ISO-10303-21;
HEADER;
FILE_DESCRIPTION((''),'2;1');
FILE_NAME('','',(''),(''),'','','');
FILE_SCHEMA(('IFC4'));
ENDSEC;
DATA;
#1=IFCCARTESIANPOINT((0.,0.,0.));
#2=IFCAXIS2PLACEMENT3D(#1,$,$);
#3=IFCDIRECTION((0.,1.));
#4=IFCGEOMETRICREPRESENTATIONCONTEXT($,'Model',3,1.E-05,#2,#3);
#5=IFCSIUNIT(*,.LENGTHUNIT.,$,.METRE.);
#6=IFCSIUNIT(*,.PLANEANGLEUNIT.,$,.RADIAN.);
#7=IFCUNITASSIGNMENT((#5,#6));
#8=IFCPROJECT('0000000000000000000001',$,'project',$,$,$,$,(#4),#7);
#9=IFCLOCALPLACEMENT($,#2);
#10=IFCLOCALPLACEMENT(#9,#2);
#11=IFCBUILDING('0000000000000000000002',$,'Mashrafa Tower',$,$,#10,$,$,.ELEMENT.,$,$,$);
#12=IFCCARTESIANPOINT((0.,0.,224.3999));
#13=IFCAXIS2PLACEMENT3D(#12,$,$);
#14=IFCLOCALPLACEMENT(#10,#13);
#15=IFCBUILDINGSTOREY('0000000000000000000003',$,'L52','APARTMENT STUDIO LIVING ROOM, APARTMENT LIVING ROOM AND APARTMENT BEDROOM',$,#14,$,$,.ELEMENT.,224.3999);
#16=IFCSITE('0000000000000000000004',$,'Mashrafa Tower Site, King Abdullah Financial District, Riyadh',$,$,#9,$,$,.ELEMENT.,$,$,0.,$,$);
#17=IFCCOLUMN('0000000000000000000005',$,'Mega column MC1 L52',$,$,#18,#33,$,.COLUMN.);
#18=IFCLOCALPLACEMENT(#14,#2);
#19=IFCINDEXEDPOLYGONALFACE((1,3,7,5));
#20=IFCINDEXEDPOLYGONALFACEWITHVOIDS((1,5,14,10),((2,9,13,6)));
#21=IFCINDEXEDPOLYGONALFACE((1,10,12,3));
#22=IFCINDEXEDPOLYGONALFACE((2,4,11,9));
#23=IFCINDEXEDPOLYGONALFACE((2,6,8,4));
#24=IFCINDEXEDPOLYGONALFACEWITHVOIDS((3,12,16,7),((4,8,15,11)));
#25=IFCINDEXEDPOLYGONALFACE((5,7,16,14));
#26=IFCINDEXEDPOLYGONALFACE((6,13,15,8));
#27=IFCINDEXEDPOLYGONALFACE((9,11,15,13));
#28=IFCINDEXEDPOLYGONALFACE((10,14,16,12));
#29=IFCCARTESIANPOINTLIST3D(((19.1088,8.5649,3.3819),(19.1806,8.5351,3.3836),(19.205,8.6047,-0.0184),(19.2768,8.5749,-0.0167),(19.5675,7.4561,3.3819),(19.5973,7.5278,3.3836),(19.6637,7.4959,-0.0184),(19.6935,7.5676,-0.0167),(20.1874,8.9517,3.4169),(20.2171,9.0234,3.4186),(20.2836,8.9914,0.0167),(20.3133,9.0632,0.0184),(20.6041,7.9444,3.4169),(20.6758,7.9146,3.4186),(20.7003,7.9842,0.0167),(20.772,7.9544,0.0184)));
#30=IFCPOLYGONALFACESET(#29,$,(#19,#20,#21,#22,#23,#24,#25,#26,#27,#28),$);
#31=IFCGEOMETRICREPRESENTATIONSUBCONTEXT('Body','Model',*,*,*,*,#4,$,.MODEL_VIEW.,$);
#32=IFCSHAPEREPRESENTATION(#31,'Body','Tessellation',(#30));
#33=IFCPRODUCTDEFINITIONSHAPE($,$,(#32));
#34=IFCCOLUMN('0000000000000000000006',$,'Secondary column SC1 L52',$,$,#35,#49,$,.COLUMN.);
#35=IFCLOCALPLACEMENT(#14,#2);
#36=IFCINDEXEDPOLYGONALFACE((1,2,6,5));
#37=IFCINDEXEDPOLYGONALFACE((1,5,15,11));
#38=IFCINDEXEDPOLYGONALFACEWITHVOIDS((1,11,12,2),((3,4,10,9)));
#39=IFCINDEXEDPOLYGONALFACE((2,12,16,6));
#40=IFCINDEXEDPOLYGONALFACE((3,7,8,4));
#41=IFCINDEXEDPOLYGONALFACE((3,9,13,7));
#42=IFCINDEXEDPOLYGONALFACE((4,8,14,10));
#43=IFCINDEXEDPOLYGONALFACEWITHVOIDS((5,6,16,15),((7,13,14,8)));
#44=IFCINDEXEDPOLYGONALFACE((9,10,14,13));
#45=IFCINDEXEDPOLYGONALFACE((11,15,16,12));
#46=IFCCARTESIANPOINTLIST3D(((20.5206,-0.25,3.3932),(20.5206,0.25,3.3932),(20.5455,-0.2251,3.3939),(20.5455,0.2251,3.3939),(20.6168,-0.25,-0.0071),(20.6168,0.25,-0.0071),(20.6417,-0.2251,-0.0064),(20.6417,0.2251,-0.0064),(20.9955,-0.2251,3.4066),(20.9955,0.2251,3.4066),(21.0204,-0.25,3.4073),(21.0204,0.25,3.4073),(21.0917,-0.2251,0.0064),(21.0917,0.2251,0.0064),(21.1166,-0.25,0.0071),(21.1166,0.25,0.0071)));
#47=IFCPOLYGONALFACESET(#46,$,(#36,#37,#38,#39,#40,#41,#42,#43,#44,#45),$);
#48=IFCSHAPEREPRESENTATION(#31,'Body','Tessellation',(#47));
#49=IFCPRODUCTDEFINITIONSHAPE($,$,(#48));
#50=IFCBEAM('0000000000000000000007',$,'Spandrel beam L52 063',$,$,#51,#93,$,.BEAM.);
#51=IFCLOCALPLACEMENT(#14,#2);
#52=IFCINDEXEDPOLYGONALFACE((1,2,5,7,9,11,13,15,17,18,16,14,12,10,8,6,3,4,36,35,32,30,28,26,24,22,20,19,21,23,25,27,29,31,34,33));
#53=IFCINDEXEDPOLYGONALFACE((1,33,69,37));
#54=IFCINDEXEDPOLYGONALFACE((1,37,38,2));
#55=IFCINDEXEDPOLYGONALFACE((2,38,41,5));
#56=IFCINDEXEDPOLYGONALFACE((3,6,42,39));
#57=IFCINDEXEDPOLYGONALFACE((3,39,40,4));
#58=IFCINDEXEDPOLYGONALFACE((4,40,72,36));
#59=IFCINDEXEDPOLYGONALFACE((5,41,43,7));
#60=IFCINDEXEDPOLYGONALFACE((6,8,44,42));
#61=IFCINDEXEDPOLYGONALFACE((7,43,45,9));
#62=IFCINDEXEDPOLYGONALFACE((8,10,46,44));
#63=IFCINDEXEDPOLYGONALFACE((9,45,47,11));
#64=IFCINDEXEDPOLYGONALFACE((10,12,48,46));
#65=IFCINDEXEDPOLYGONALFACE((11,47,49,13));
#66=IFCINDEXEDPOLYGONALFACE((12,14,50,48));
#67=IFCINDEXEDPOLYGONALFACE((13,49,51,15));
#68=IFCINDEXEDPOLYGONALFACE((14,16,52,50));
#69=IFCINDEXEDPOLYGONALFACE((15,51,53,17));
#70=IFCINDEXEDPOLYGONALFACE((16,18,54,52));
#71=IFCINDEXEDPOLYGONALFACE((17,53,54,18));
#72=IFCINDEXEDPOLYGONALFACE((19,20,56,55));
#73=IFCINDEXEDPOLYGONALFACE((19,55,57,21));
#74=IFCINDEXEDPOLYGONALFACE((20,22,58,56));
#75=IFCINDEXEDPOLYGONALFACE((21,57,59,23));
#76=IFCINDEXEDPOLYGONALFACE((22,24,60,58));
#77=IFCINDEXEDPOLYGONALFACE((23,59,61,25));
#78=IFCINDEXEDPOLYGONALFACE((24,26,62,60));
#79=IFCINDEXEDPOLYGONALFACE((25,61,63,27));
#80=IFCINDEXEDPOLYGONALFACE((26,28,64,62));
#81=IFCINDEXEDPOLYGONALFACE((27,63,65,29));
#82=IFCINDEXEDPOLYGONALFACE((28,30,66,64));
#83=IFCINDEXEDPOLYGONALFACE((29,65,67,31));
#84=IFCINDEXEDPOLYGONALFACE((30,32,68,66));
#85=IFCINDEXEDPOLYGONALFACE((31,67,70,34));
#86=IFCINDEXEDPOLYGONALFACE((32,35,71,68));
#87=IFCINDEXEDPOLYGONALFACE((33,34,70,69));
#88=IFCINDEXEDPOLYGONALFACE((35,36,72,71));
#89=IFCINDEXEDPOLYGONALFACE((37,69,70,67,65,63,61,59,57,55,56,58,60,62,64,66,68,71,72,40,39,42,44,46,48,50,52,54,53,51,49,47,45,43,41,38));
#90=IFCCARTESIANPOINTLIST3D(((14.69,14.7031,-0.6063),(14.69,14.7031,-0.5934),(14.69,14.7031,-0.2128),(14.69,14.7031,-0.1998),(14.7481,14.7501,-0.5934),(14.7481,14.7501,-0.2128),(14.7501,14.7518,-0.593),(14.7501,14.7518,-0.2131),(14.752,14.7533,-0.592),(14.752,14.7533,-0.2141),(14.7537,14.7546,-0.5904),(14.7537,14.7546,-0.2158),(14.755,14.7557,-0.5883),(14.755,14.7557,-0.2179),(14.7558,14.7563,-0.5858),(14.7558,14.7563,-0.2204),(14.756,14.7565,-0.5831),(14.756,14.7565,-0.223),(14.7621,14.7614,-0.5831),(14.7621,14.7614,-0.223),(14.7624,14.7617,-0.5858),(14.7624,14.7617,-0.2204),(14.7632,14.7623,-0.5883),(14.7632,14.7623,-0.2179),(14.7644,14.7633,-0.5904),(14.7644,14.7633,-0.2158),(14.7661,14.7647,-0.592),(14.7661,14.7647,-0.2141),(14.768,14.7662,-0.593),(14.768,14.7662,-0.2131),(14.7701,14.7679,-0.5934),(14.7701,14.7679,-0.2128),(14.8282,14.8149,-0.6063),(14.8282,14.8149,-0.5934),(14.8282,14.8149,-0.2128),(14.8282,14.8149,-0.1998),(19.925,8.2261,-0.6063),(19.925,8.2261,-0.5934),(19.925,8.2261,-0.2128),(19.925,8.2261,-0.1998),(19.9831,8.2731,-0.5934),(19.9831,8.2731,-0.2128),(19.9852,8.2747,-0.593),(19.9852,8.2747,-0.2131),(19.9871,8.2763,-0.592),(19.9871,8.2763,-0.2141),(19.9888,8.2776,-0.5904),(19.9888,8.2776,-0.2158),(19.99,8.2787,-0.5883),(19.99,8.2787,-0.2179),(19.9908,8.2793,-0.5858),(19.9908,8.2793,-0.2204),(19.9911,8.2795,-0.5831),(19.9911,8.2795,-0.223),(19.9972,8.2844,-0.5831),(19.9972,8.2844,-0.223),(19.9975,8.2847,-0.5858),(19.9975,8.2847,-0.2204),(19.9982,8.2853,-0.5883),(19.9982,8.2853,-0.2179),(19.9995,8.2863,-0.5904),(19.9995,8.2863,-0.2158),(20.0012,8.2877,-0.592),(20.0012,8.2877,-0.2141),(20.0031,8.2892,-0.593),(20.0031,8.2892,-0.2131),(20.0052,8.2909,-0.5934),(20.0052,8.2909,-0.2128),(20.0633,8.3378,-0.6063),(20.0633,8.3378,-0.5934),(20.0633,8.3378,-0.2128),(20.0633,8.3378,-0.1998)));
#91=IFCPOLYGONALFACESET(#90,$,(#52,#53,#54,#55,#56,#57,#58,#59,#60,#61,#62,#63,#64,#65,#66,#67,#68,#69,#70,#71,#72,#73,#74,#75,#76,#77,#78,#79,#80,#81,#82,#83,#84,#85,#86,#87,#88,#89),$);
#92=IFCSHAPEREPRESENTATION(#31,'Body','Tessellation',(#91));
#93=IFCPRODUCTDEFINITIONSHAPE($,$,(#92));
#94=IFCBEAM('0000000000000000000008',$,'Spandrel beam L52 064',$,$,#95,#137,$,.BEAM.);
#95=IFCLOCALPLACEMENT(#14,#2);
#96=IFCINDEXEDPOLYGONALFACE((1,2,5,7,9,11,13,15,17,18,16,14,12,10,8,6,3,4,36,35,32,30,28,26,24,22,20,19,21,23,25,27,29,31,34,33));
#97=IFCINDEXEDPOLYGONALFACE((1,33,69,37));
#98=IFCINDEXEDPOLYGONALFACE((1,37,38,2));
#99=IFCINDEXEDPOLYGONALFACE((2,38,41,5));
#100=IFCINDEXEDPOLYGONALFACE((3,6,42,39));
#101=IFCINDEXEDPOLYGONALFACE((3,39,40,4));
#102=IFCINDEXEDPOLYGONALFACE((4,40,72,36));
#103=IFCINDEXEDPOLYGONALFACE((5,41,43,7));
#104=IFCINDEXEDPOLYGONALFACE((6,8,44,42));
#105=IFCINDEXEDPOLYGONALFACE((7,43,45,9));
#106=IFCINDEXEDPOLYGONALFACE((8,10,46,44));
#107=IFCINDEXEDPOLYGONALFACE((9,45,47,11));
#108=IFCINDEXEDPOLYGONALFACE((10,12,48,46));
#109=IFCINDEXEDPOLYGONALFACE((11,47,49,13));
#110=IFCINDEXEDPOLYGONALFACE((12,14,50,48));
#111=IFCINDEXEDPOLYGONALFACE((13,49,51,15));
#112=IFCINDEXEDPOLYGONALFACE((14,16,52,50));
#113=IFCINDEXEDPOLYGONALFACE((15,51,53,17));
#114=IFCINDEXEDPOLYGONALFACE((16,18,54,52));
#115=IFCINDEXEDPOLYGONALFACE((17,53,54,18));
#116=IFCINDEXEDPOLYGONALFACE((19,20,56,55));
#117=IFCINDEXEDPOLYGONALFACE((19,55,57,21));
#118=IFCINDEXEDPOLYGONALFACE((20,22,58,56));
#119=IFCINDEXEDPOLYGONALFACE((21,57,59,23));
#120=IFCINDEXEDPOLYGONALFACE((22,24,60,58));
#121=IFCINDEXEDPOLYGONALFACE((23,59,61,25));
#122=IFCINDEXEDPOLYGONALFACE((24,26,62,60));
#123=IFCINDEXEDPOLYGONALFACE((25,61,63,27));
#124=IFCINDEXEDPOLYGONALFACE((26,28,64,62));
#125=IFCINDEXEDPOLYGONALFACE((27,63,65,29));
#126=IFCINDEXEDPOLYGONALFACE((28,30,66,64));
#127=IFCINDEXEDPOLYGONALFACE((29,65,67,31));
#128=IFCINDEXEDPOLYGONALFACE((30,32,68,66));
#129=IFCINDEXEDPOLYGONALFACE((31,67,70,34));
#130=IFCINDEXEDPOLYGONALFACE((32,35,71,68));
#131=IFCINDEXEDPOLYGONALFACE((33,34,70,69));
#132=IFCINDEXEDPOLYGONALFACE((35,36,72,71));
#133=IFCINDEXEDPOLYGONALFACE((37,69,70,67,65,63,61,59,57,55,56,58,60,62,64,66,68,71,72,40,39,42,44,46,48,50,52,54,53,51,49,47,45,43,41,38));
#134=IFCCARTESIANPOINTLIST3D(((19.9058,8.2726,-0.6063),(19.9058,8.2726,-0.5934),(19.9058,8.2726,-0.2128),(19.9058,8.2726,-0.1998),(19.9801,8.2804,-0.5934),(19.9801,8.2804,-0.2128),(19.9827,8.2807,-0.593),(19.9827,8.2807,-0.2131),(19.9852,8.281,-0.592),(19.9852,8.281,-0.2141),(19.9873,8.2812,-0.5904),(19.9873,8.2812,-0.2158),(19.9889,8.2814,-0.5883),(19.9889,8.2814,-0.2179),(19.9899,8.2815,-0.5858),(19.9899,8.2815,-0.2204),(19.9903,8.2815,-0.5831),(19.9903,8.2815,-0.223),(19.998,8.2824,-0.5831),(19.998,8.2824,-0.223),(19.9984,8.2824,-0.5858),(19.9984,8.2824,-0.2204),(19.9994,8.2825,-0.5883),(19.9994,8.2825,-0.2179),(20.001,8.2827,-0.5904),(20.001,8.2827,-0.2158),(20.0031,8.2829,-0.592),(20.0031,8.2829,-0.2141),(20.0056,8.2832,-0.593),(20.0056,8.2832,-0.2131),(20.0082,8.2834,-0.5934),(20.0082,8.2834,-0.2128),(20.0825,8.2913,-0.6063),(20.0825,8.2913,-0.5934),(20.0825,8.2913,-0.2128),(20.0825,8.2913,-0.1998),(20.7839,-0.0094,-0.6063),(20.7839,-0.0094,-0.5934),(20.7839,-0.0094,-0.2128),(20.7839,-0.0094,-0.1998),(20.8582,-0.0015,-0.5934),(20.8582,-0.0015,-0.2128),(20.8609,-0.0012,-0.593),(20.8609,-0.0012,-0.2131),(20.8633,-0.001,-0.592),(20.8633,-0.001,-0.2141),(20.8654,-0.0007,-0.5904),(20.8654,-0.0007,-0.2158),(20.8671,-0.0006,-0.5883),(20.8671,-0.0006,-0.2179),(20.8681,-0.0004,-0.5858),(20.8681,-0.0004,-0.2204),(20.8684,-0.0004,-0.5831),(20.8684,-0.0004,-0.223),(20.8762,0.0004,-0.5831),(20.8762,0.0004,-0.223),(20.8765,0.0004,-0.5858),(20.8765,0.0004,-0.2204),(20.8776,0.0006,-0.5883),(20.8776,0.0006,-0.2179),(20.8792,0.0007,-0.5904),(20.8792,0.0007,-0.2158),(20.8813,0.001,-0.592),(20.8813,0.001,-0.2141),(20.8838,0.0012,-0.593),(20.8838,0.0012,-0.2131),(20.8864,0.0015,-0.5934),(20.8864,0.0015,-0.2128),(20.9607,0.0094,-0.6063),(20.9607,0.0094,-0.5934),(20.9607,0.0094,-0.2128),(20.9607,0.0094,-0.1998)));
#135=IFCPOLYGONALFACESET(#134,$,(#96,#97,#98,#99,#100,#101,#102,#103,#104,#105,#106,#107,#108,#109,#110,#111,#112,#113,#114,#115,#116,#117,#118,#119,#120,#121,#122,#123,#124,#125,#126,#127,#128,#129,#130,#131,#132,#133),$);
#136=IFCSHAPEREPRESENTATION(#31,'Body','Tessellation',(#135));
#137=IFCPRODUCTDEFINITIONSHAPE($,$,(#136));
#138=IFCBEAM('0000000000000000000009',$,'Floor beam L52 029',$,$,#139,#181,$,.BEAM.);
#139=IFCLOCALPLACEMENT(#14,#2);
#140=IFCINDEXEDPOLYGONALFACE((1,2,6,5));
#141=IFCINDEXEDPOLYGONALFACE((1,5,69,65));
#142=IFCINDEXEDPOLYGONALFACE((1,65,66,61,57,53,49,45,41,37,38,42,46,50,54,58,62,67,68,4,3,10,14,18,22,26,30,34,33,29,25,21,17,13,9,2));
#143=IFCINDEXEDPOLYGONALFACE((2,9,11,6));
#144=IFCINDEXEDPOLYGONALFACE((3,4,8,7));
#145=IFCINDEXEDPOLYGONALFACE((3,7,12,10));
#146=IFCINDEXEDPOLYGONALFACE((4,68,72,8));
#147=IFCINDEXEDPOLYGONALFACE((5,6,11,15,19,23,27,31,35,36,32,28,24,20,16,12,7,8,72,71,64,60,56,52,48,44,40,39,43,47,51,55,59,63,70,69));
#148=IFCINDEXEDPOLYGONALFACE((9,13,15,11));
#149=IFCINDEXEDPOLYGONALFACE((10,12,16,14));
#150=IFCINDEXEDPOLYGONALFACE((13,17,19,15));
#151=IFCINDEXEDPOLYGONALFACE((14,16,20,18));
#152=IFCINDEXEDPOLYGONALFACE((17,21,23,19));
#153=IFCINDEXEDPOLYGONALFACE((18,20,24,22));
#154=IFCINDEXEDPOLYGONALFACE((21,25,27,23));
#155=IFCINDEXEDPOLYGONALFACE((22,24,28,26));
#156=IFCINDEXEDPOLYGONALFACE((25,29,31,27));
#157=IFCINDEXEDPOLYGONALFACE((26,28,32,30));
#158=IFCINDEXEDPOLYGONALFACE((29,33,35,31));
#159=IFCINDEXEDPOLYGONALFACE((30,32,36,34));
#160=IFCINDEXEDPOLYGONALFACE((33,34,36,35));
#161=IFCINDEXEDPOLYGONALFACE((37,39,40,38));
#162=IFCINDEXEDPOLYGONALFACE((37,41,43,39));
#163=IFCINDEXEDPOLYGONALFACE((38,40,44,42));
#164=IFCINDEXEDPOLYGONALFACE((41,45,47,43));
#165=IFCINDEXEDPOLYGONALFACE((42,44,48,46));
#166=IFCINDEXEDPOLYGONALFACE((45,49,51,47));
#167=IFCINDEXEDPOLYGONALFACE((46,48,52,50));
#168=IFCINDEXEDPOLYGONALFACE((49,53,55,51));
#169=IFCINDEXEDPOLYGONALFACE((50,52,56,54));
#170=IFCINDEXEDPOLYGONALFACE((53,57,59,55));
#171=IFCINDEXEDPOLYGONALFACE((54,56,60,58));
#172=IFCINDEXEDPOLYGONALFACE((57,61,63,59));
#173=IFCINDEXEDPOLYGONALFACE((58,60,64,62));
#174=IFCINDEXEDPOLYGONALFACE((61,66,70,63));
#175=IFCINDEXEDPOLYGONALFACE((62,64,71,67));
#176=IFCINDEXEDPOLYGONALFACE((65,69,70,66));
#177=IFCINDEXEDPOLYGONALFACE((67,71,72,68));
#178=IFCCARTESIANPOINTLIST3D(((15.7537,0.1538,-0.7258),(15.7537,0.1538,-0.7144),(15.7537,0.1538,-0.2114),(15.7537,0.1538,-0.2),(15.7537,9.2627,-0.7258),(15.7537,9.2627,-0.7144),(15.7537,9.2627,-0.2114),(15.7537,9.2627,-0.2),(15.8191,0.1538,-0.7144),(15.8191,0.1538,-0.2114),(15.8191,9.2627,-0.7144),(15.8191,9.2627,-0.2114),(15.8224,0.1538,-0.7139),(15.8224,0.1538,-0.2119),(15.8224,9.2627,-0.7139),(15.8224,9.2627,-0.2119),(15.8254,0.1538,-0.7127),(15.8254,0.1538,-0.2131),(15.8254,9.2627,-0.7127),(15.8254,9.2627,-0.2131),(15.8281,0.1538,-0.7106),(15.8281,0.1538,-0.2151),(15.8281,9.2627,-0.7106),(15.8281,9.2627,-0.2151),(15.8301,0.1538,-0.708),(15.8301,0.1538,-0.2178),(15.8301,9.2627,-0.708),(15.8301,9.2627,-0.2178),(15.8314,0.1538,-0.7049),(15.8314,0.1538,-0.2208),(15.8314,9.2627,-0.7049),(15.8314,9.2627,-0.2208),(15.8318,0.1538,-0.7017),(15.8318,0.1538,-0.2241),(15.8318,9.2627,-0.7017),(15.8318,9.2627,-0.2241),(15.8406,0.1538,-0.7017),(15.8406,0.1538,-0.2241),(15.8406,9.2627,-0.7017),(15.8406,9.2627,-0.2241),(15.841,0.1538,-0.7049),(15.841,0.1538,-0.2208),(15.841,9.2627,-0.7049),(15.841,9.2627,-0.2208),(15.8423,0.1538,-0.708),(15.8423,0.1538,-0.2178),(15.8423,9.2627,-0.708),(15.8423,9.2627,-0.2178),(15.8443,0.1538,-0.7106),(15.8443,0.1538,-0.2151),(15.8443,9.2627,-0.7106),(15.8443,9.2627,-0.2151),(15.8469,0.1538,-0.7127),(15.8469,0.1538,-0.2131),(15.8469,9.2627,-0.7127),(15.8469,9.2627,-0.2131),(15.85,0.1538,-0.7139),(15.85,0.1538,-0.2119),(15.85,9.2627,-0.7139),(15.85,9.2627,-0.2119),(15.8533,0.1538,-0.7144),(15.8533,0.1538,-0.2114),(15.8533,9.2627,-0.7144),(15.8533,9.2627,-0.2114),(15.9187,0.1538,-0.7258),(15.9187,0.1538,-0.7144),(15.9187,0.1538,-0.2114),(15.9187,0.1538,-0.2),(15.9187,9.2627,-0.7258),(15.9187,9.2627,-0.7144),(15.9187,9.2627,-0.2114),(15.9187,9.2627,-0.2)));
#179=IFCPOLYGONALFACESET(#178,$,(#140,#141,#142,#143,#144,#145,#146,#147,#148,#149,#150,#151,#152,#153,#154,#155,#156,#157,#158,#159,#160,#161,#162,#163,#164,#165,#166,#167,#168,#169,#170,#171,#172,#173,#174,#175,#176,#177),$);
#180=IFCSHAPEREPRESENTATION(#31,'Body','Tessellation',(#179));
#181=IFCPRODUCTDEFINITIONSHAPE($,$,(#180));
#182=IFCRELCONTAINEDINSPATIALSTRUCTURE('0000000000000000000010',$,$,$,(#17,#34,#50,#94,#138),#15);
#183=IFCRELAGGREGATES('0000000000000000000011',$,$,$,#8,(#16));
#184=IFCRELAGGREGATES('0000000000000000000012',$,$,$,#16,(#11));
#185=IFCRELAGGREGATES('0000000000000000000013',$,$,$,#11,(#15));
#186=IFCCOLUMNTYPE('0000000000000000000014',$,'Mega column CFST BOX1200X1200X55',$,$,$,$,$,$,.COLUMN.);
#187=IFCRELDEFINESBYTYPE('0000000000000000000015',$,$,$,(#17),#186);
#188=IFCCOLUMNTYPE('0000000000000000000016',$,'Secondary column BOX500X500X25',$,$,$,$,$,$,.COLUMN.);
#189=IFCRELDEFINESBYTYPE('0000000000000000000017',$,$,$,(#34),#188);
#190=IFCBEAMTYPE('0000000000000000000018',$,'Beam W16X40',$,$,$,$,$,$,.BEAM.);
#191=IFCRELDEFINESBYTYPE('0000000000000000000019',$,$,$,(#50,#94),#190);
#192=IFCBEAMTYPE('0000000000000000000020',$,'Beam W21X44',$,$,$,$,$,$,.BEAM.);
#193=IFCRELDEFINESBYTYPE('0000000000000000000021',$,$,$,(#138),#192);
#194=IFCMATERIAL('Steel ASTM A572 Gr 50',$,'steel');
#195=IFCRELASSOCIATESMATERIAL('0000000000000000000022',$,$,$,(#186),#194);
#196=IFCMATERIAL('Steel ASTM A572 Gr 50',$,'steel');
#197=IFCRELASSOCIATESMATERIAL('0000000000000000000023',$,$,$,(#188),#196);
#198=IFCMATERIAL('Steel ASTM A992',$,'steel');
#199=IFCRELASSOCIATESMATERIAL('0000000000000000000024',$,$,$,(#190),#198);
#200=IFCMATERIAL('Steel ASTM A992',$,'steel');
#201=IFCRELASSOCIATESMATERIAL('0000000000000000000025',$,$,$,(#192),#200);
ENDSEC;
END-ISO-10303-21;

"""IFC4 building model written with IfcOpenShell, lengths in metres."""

from ifc_helpers import new_model, si_unit, direction, frame, origin, origin_2d, place, context, subcontext, project, spatial, hollow_rectangle, i_section, extrude, material, material_profile, profile_set, type_object, element, save


model = new_model("IFC4")

# Units and contexts
model_context = context("Model", 3, precision=1e-05, world=origin(), true_north=direction((0.0, 1.0)))
body_context = subcontext(model_context, "Body", "Model", "MODEL_VIEW")
ifc_project = project(units=[si_unit("LENGTHUNIT", "METRE"), si_unit("PLANEANGLEUNIT", "RADIAN")], contexts=[model_context])

# Site, building, storey
site_placement = place(None, origin())
site = spatial("IfcSite", under=ifc_project, at=site_placement, Name="Mashrafa Tower Site, King Abdullah Financial District, Riyadh", CompositionType="ELEMENT", RefElevation=0.0)
building_placement = place(site_placement, origin())
building = spatial("IfcBuilding", under=site, at=building_placement, Name="Mashrafa Tower", CompositionType="ELEMENT")
storey_placement = place(building_placement, frame((0.0, 0.0, 224.3999)))
storey = spatial("IfcBuildingStorey", under=building, at=storey_placement, Name="L52", Description="APARTMENT STUDIO LIVING ROOM, APARTMENT LIVING ROOM AND APARTMENT BEDROOM", CompositionType="ELEMENT", Elevation=224.3999)

# Columns
ifc_material_1 = material(Name="Steel ASTM A572 Gr 50", Category="steel")
ifc_material_profile_1 = material_profile(ifc_material_1, hollow_rectangle(XDim=1.2, YDim=1.2, WallThickness=0.0549, at=origin_2d()), Name="BOX1200X1200X55")
ifc_profile_set_1 = profile_set([ifc_material_profile_1], Name="Steel ASTM A572 Gr 50")
column_type_1 = type_object("IfcColumnType", Name="Mega column CFST BOX1200X1200X55", PredefinedType="COLUMN", material=ifc_profile_set_1)
column_1_placement = place(storey_placement, frame((19.9885, 8.2795, 0.0), z_axis=(-0.028277, -0.011698, 0.999532), x_axis=(0.382283, -0.924045, 0.0)))
element("IfcColumn", 1, at=column_1_placement, inside=storey, type_object=column_type_1, Name="Mega column MC1 L52", PredefinedType="COLUMN", context=body_context, shape_type="SweptSolid", body=[
    extrude(hollow_rectangle(XDim=1.2, YDim=1.2, WallThickness=0.0549, at=origin_2d()), origin(), (0.0, 0.0, 1.0), 3.4019),
])
ifc_material_2 = material(Name="Steel ASTM A572 Gr 50", Category="steel")
ifc_material_profile_2 = material_profile(ifc_material_2, hollow_rectangle(XDim=0.5, YDim=0.5, WallThickness=0.0249, at=origin_2d()), Name="BOX500X500X25")
ifc_profile_set_2 = profile_set([ifc_material_profile_2], Name="Steel ASTM A572 Gr 50")
column_type_2 = type_object("IfcColumnType", Name="Secondary column BOX500X500X25", PredefinedType="COLUMN", material=ifc_profile_set_2)
column_2_placement = place(storey_placement, frame((20.8667, 0.0, 0.0), z_axis=(-0.028279, 0.0, 0.9996), x_axis=(0.0, -1.0, 0.0)))
element("IfcColumn", 2, at=column_2_placement, inside=storey, type_object=column_type_2, Name="Secondary column SC1 L52", PredefinedType="COLUMN", context=body_context, shape_type="SweptSolid", body=[
    extrude(hollow_rectangle(XDim=0.5, YDim=0.5, WallThickness=0.0249, at=origin_2d()), origin(), (0.0, 0.0, 1.0), 3.4016),
])

# Beams
ifc_material_3 = material(Name="Steel ASTM A992", Category="steel")
ifc_material_profile_3 = material_profile(ifc_material_3, i_section(OverallWidth=0.1777, OverallDepth=0.4065, WebThickness=0.0078, FlangeThickness=0.0129, FilletRadius=0.0103, at=origin_2d()), Name="W16X40")
ifc_profile_set_3 = profile_set([ifc_material_profile_3], Name="Steel ASTM A992")
beam_type_1 = type_object("IfcBeamType", Name="Beam W16X40", PredefinedType="BEAM", material=ifc_profile_set_3)
beam_1_placement = place(storey_placement, frame((19.9941, 8.282, -0.4031), z_axis=(-0.628602, 0.777727, 0.0), x_axis=(-0.777727, -0.628602, 0.0)))
element("IfcBeam", 3, at=beam_1_placement, inside=storey, type_object=beam_type_1, Name="Spandrel beam L52 063", PredefinedType="BEAM", context=body_context, shape_type="SweptSolid", body=[
    extrude(i_section(OverallWidth=0.1777, OverallDepth=0.4065, WebThickness=0.0078, FlangeThickness=0.0129, FilletRadius=0.0103, at=origin_2d()), origin(), (0.0, 0.0, 1.0), 8.3281),
])
beam_2_placement = place(storey_placement, frame((20.8723, 0.0, -0.4031), z_axis=(-0.105443, 0.994425, 0.0), x_axis=(-0.994425, -0.105443, 0.0)))
element("IfcBeam", 4, at=beam_2_placement, inside=storey, type_object=beam_type_1, Name="Spandrel beam L52 064", PredefinedType="BEAM", context=body_context, shape_type="SweptSolid", body=[
    extrude(i_section(OverallWidth=0.1777, OverallDepth=0.4065, WebThickness=0.0078, FlangeThickness=0.0129, FilletRadius=0.0103, at=origin_2d()), origin(), (0.0, 0.0, 1.0), 8.3284),
])
ifc_material_4 = material(Name="Steel ASTM A992", Category="steel")
ifc_material_profile_4 = material_profile(ifc_material_4, i_section(OverallWidth=0.165, OverallDepth=0.5259, WebThickness=0.0088, FlangeThickness=0.0115, FilletRadius=0.0127, at=origin_2d()), Name="W21X44")
ifc_profile_set_4 = profile_set([ifc_material_profile_4], Name="Steel ASTM A992")
beam_type_2 = type_object("IfcBeamType", Name="Beam W21X44", PredefinedType="BEAM", material=ifc_profile_set_4)
beam_3_placement = place(storey_placement, frame((15.8362, 9.2627, -0.4629), z_axis=(0.0, -1.0, 0.0), x_axis=(1.0, 0.0, 0.0)))
element("IfcBeam", 5, at=beam_3_placement, inside=storey, type_object=beam_type_2, Name="Floor beam L52 029", PredefinedType="BEAM", context=body_context, shape_type="SweptSolid", body=[
    extrude(i_section(OverallWidth=0.165, OverallDepth=0.5259, WebThickness=0.0088, FlangeThickness=0.0115, FilletRadius=0.0127, at=origin_2d()), origin(), (0.0, 0.0, 1.0), 9.1089),
])

save(model, "model.ifc")
